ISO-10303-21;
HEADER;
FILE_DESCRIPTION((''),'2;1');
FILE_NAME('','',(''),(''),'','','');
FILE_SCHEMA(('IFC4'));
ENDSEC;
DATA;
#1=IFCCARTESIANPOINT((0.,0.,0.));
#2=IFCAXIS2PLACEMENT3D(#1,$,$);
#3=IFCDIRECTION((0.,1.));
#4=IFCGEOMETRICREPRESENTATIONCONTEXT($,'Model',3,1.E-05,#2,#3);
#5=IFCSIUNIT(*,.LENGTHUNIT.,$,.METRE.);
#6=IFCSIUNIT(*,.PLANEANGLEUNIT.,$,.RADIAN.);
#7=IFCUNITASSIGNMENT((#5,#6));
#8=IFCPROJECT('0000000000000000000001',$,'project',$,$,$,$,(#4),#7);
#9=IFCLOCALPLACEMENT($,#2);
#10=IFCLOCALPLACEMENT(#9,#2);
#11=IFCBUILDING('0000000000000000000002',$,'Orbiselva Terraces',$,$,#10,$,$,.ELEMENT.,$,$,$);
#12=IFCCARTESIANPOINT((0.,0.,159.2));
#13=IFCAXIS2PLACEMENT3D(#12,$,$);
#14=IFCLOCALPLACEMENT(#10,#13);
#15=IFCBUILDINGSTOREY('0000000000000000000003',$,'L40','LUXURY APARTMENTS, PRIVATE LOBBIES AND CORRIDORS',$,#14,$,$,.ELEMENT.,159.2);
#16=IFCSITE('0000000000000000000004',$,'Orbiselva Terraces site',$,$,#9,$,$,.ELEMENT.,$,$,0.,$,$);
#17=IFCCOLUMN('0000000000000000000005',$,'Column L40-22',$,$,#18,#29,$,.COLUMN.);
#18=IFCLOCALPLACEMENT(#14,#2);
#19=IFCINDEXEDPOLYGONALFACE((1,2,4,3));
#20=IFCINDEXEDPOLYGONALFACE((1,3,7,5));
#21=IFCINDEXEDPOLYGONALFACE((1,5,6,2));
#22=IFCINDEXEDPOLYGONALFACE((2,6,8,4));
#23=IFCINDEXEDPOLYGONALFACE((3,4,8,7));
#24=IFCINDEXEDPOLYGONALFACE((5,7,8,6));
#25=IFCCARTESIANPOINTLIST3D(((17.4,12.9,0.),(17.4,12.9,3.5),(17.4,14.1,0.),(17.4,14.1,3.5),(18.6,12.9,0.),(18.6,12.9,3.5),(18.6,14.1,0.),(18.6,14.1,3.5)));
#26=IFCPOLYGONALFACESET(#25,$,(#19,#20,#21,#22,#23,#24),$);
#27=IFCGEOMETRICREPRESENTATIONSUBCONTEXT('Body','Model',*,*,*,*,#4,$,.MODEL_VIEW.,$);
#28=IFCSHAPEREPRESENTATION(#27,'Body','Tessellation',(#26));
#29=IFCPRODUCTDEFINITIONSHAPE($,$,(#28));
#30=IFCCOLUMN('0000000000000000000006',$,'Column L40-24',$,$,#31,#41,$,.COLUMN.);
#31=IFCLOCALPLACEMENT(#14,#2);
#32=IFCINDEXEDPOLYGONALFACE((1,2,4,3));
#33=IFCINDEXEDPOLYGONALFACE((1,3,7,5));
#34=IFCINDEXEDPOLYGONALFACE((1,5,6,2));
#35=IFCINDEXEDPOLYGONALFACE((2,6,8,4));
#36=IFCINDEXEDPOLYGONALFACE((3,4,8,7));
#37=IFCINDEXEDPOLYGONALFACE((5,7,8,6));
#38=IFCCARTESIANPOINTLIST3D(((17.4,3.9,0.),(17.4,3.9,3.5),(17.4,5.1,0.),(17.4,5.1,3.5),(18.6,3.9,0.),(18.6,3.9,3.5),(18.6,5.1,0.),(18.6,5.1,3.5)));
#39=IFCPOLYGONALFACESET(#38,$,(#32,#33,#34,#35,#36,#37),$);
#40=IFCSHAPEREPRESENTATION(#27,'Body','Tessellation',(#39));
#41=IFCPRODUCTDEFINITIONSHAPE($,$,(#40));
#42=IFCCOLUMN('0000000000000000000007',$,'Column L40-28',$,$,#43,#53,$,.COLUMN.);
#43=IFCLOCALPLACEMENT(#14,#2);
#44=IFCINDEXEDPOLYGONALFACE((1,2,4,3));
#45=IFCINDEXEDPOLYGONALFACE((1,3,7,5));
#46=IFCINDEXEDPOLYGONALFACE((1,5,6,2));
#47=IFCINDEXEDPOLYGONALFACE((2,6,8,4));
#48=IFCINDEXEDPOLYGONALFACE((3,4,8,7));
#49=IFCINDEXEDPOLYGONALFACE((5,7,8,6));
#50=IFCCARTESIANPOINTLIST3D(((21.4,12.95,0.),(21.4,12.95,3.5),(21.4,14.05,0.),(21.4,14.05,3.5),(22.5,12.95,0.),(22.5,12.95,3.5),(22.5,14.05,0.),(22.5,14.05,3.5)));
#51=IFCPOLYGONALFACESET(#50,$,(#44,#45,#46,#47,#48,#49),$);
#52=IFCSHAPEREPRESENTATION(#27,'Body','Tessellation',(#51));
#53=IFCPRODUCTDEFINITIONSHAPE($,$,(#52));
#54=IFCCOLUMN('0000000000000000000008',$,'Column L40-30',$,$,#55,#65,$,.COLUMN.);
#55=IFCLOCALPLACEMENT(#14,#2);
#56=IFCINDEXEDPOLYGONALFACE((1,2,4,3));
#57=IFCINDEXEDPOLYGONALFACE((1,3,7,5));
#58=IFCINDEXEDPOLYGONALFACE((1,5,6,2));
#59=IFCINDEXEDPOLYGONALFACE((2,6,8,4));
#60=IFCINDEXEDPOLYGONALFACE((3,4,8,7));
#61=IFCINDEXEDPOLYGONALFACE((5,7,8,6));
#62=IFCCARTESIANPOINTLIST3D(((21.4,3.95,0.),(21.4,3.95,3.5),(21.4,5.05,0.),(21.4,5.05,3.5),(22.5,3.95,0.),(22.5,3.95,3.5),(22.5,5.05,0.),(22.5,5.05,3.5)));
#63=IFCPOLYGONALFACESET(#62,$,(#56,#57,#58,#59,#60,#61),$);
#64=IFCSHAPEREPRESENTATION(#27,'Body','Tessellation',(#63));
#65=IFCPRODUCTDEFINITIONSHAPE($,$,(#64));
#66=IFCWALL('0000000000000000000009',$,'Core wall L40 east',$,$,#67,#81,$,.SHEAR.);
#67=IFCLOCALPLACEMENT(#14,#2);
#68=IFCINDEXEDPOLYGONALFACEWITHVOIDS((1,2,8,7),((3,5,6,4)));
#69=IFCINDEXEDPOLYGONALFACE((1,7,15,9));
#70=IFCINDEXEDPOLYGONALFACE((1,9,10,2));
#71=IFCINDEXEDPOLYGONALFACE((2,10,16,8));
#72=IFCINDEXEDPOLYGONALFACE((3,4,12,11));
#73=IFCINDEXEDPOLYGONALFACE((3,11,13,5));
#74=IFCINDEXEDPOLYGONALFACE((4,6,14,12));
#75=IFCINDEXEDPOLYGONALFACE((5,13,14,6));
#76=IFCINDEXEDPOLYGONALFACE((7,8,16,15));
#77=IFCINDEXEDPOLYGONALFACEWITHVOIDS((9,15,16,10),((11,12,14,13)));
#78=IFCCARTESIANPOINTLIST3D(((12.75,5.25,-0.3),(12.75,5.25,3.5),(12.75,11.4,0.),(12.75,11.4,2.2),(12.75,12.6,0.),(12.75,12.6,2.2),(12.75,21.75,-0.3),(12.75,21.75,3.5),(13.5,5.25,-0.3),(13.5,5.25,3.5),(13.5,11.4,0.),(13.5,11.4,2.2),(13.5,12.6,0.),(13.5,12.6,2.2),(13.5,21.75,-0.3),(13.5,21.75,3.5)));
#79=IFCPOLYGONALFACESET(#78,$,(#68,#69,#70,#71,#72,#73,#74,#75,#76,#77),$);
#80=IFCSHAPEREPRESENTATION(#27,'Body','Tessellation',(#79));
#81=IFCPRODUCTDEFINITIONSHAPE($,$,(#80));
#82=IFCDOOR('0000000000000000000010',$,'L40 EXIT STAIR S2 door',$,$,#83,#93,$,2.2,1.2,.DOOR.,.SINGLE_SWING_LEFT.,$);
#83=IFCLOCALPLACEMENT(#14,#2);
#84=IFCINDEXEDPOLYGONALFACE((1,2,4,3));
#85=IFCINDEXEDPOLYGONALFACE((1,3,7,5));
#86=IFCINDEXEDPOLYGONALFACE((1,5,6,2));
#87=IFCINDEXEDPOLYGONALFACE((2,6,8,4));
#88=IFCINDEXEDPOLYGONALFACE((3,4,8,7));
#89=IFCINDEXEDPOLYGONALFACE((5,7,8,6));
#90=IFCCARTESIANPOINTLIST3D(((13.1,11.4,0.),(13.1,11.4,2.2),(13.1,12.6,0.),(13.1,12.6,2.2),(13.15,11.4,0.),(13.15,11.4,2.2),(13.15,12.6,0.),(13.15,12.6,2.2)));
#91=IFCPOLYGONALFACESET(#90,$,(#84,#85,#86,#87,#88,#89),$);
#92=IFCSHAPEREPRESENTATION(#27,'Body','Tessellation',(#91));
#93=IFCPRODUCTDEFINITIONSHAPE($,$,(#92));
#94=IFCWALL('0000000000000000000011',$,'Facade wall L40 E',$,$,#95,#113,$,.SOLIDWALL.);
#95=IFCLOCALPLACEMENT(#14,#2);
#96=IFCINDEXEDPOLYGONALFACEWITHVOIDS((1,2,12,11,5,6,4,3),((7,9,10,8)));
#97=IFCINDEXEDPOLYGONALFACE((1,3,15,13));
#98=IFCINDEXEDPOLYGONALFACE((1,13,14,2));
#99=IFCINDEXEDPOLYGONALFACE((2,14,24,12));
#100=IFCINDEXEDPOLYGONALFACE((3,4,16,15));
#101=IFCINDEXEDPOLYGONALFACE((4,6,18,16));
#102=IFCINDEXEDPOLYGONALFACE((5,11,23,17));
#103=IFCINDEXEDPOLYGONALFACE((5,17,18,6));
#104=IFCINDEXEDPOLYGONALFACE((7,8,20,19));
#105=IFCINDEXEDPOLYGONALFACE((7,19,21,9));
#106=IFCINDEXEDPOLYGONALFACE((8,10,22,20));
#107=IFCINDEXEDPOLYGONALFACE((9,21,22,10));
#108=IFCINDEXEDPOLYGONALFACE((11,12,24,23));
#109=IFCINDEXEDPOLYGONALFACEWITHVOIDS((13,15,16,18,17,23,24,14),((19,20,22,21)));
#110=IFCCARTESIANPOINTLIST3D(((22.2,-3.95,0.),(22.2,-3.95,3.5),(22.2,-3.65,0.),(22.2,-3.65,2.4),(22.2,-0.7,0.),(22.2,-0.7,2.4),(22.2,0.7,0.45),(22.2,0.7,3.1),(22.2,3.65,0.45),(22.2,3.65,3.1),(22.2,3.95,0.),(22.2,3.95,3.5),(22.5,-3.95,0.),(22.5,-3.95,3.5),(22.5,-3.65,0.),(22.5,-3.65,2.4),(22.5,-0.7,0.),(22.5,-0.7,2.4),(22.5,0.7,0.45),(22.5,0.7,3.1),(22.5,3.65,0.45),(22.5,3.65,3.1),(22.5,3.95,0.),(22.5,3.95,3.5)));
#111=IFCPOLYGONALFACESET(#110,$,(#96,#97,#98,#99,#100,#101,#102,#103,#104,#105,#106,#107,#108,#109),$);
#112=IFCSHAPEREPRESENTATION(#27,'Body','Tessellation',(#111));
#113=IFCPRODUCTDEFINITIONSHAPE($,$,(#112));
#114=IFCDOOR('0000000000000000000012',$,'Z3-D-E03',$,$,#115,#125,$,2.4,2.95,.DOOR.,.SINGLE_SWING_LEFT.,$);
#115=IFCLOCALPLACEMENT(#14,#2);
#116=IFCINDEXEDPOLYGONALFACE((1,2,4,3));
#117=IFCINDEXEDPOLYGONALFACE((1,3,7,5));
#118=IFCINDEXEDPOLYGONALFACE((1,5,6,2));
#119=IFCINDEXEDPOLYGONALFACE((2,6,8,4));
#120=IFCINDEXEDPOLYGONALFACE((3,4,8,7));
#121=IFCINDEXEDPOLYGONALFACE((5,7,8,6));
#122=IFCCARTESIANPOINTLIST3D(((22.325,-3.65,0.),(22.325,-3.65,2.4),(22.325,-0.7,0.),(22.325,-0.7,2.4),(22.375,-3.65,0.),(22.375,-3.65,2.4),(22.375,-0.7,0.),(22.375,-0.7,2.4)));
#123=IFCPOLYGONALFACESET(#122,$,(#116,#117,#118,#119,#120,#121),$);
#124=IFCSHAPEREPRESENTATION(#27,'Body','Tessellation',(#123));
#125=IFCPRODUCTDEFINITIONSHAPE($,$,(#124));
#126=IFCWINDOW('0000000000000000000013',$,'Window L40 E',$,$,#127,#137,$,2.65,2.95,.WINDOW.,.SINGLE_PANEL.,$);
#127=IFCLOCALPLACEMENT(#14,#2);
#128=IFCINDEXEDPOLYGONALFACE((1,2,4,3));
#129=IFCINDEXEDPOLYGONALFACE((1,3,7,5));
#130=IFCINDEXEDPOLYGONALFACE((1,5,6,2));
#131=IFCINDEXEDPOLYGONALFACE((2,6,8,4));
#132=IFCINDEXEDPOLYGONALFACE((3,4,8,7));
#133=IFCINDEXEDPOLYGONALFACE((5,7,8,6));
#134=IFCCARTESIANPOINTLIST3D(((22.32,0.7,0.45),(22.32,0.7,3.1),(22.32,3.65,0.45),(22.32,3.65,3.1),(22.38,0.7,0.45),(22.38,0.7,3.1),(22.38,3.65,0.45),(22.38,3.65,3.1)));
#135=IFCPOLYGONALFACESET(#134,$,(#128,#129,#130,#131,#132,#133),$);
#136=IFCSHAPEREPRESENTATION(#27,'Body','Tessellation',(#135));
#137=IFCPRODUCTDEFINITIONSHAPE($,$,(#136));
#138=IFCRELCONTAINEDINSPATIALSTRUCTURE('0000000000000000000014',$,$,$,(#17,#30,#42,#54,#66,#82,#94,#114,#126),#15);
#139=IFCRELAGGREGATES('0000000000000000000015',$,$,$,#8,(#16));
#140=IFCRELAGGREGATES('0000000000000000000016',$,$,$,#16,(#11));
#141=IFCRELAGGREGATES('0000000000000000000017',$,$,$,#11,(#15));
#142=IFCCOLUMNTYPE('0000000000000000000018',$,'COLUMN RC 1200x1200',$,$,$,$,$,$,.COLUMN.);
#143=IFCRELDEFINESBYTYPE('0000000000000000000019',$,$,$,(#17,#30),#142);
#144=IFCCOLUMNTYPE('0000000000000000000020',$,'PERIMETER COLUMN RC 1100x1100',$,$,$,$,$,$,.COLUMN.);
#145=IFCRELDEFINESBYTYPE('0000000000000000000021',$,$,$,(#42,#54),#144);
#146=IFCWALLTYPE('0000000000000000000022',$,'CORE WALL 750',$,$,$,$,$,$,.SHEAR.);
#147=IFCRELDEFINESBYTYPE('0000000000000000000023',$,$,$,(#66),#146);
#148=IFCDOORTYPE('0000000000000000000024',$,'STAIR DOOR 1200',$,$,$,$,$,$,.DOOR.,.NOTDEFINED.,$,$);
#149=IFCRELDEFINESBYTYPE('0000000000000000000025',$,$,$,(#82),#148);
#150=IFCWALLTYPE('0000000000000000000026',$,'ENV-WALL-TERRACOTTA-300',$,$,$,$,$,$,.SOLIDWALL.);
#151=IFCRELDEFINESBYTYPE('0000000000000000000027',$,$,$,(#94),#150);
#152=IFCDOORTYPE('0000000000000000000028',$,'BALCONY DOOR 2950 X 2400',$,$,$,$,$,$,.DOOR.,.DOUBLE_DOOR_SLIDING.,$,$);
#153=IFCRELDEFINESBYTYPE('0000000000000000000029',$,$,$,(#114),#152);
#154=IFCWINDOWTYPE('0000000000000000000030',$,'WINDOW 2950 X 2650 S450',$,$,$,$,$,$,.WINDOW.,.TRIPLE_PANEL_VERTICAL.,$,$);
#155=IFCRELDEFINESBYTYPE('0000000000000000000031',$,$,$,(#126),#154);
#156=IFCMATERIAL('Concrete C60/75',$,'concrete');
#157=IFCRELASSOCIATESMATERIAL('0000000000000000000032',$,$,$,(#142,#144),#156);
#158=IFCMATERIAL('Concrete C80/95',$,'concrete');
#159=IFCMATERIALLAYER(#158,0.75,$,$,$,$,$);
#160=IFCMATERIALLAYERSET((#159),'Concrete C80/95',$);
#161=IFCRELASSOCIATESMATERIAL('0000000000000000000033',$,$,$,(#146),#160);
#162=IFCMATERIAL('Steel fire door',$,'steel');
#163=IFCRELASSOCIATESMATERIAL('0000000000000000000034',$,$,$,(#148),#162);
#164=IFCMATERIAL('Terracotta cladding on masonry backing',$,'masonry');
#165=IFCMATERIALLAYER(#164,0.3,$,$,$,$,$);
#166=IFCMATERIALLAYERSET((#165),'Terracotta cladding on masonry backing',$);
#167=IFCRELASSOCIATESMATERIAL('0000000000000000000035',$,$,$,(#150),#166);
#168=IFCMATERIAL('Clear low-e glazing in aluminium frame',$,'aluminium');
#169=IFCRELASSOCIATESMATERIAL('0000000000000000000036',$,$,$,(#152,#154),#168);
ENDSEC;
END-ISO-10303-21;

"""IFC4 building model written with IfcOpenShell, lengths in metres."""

from ifc_helpers import new_model, si_unit, direction, frame, frame_2d, origin, origin_2d, place, context, subcontext, project, spatial, rectangle, extrude, material, layer, layer_set, material_profile, profile_set, type_object, element, fill, save


model = new_model("IFC4")

# Units and contexts
model_context = context("Model", 3, precision=1e-05, world=origin(), true_north=direction((0.0, 1.0)))
body_context = subcontext(model_context, "Body", "Model", "MODEL_VIEW")
ifc_project = project(units=[si_unit("LENGTHUNIT", "METRE"), si_unit("PLANEANGLEUNIT", "RADIAN")], contexts=[model_context])

# Site, building, storey
site_placement = place(None, origin())
site = spatial("IfcSite", under=ifc_project, at=site_placement, Name="Orbiselva Terraces site", CompositionType="ELEMENT", RefElevation=0.0)
building_placement = place(site_placement, origin())
building = spatial("IfcBuilding", under=site, at=building_placement, Name="Orbiselva Terraces", CompositionType="ELEMENT")
storey_placement = place(building_placement, frame((0.0, 0.0, 159.2)))
storey = spatial("IfcBuildingStorey", under=building, at=storey_placement, Name="L40", Description="LUXURY APARTMENTS, PRIVATE LOBBIES AND CORRIDORS", CompositionType="ELEMENT", Elevation=159.2)

# Columns
ifc_material_1 = material(Name="Concrete C60/75", Category="concrete")
ifc_material_profile_1 = material_profile(ifc_material_1, rectangle(XDim=1.2, YDim=1.2, at=origin_2d()), Name="RC 1200x1200")
ifc_profile_set_1 = profile_set([ifc_material_profile_1], Name="Concrete C60/75")
column_type_1 = type_object("IfcColumnType", Name="COLUMN RC 1200x1200", PredefinedType="COLUMN", material=ifc_profile_set_1)
for number, where, z_axis, x_axis, name in (
    (1, (18.0, 13.5, 0.0), (0.0, 0.0, 1.0), (1.0, 0.0, 0.0), "Column L40-22"),
    (2, (18.0, 4.5, 0.0), (0.0, 0.0, 1.0), (1.0, 0.0, 0.0), "Column L40-24"),
):
    element("IfcColumn", number, at=place(storey_placement, frame(where, z_axis=z_axis, x_axis=x_axis)), inside=storey, type_object=column_type_1, Name=name, PredefinedType="COLUMN", context=body_context, shape_type="SweptSolid", body=[
        extrude(rectangle(XDim=1.2, YDim=1.2, at=origin_2d()), origin(), (0.0, 0.0, 1.0), 3.5),
    ])
ifc_material_profile_2 = material_profile(ifc_material_1, rectangle(XDim=1.1, YDim=1.1, at=origin_2d()), Name="RC 1100x1100")
ifc_profile_set_2 = profile_set([ifc_material_profile_2], Name="Concrete C60/75")
column_type_2 = type_object("IfcColumnType", Name="PERIMETER COLUMN RC 1100x1100", PredefinedType="COLUMN", material=ifc_profile_set_2)
for number, where, z_axis, x_axis, name in (
    (3, (21.95, 13.5, 0.0), (0.0, 0.0, 1.0), (1.0, 0.0, 0.0), "Column L40-28"),
    (4, (21.95, 4.5, 0.0), (0.0, 0.0, 1.0), (1.0, 0.0, 0.0), "Column L40-30"),
):
    element("IfcColumn", number, at=place(storey_placement, frame(where, z_axis=z_axis, x_axis=x_axis)), inside=storey, type_object=column_type_2, Name=name, PredefinedType="COLUMN", context=body_context, shape_type="SweptSolid", body=[
        extrude(rectangle(XDim=1.1, YDim=1.1, at=origin_2d()), origin(), (0.0, 0.0, 1.0), 3.5),
    ])

# Wall, opening, door
ifc_material_2 = material(Name="Concrete C80/95", Category="concrete")
ifc_layer_1 = layer(ifc_material_2, 0.75)
ifc_layer_set_1 = layer_set([ifc_layer_1], Name="Concrete C80/95")
wall_type_1 = type_object("IfcWallType", Name="CORE WALL 750", PredefinedType="SHEAR", material=ifc_layer_set_1)
wall_1_placement = place(storey_placement, frame((13.125, 5.25, -0.3), z_axis=(0.0, 0.0, 1.0), x_axis=(0.0, 1.0, 0.0)))
wall_1 = element("IfcWall", 5, at=wall_1_placement, inside=storey, type_object=wall_type_1, Name="Core wall L40 east", PredefinedType="SHEAR", context=body_context, shape_type="SweptSolid", body=[
    extrude(rectangle(XDim=16.5, YDim=0.75, at=frame_2d((8.25, 0.0))), origin(), (0.0, 0.0, 1.0), 3.8),
])
opening_1_placement = place(wall_1_placement, frame((6.15, 0.0, 0.3)))
opening_1 = element("IfcOpeningElement", 6, at=opening_1_placement, cuts=wall_1, PredefinedType="OPENING", context=body_context, shape_type="SweptSolid", body=[
    extrude(rectangle(XDim=1.2, YDim=2.2, at=frame_2d((0.6, 1.1))), frame((0.0, 0.385, 0.0), z_axis=(0.0, -1.0, 0.0), x_axis=(1.0, 0.0, 0.0)), (0.0, 0.0, 1.0), 0.77),
])
ifc_material_3 = material(Name="Steel fire door", Category="steel")
door_type_1 = type_object("IfcDoorType", Name="STAIR DOOR 1200", OperationType="NOTDEFINED", PredefinedType="DOOR", material=ifc_material_3)
door_1_placement = place(opening_1_placement, frame((1.2, 0.0, 0.0), z_axis=(0.0, 0.0, 1.0), x_axis=(-1.0, 0.0, 0.0)))
door_1 = element("IfcDoor", 7, at=door_1_placement, inside=storey, type_object=door_type_1, Name="L40 EXIT STAIR S2 door", OperationType="SINGLE_SWING_LEFT", OverallHeight=2.2, OverallWidth=1.2, PredefinedType="DOOR", context=body_context, shape_type="SweptSolid", body=[
    extrude(rectangle(XDim=1.2, YDim=2.2, at=frame_2d((0.6, 1.1))), frame((0.0, 0.025, 0.0), z_axis=(0.0, -1.0, 0.0), x_axis=(1.0, 0.0, 0.0)), (0.0, 0.0, 1.0), 0.05),
])
fill(opening_1, door_1)

# Wall, openings, door, window
ifc_material_4 = material(Name="Terracotta cladding on masonry backing", Category="masonry")
ifc_layer_2 = layer(ifc_material_4, 0.3)
ifc_layer_set_2 = layer_set([ifc_layer_2], Name="Terracotta cladding on masonry backing")
wall_type_2 = type_object("IfcWallType", Name="ENV-WALL-TERRACOTTA-300", PredefinedType="SOLIDWALL", material=ifc_layer_set_2)
wall_2_placement = place(storey_placement, frame((22.35, 3.95, 0.0), z_axis=(0.0, 0.0, 1.0), x_axis=(0.0, -1.0, 0.0)))
wall_2 = element("IfcWall", 8, at=wall_2_placement, inside=storey, type_object=wall_type_2, Name="Facade wall L40 E", PredefinedType="SOLIDWALL", context=body_context, shape_type="SweptSolid", body=[
    extrude(rectangle(XDim=7.9, YDim=0.3, at=frame_2d((3.95, 0.0))), origin(), (0.0, 0.0, 1.0), 3.5),
])
opening_2_placement = place(wall_2_placement, frame((4.65, 0.0, 0.0)))
opening_2 = element("IfcOpeningElement", 9, at=opening_2_placement, cuts=wall_2, PredefinedType="OPENING", context=body_context, shape_type="SweptSolid", body=[
    extrude(rectangle(XDim=2.95, YDim=2.4, at=frame_2d((1.475, 1.2))), frame((0.0, 0.16, 0.0), z_axis=(0.0, -1.0, 0.0), x_axis=(1.0, 0.0, 0.0)), (0.0, 0.0, 1.0), 0.32),
])
opening_3_placement = place(wall_2_placement, frame((0.3, 0.0, 0.45)))
opening_3 = element("IfcOpeningElement", 10, at=opening_3_placement, cuts=wall_2, PredefinedType="OPENING", context=body_context, shape_type="SweptSolid", body=[
    extrude(rectangle(XDim=2.95, YDim=2.65, at=frame_2d((1.475, 1.325))), frame((0.0, 0.16, 0.0), z_axis=(0.0, -1.0, 0.0), x_axis=(1.0, 0.0, 0.0)), (0.0, 0.0, 1.0), 0.32),
])
ifc_material_5 = material(Name="Clear low-e glazing in aluminium frame", Category="aluminium")
door_type_2 = type_object("IfcDoorType", Name="BALCONY DOOR 2950 X 2400", OperationType="DOUBLE_DOOR_SLIDING", PredefinedType="DOOR", material=ifc_material_5)
door_2_placement = place(opening_2_placement, origin())
door_2 = element("IfcDoor", 11, at=door_2_placement, inside=storey, type_object=door_type_2, Name="Z3-D-E03", OperationType="SINGLE_SWING_LEFT", OverallHeight=2.4, OverallWidth=2.95, PredefinedType="DOOR", context=body_context, shape_type="SweptSolid", body=[
    extrude(rectangle(XDim=2.95, YDim=2.4, at=frame_2d((1.475, 1.2))), frame((0.0, 0.025, 0.0), z_axis=(0.0, -1.0, 0.0), x_axis=(1.0, 0.0, 0.0)), (0.0, 0.0, 1.0), 0.05),
])
fill(opening_2, door_2)
window_type = type_object("IfcWindowType", Name="WINDOW 2950 X 2650 S450", PartitioningType="TRIPLE_PANEL_VERTICAL", PredefinedType="WINDOW", material=ifc_material_5)
window_1_placement = place(opening_3_placement, origin())
window_1 = element("IfcWindow", 12, at=window_1_placement, inside=storey, type_object=window_type, Name="Window L40 E", OverallHeight=2.65, OverallWidth=2.95, PartitioningType="SINGLE_PANEL", PredefinedType="WINDOW", context=body_context, shape_type="SweptSolid", body=[
    extrude(rectangle(XDim=2.95, YDim=2.65, at=frame_2d((1.475, 1.325))), frame((0.0, 0.03, 0.0), z_axis=(0.0, -1.0, 0.0), x_axis=(1.0, 0.0, 0.0)), (0.0, 0.0, 1.0), 0.06),
])
fill(opening_3, window_1)

save(model, "model.ifc")
